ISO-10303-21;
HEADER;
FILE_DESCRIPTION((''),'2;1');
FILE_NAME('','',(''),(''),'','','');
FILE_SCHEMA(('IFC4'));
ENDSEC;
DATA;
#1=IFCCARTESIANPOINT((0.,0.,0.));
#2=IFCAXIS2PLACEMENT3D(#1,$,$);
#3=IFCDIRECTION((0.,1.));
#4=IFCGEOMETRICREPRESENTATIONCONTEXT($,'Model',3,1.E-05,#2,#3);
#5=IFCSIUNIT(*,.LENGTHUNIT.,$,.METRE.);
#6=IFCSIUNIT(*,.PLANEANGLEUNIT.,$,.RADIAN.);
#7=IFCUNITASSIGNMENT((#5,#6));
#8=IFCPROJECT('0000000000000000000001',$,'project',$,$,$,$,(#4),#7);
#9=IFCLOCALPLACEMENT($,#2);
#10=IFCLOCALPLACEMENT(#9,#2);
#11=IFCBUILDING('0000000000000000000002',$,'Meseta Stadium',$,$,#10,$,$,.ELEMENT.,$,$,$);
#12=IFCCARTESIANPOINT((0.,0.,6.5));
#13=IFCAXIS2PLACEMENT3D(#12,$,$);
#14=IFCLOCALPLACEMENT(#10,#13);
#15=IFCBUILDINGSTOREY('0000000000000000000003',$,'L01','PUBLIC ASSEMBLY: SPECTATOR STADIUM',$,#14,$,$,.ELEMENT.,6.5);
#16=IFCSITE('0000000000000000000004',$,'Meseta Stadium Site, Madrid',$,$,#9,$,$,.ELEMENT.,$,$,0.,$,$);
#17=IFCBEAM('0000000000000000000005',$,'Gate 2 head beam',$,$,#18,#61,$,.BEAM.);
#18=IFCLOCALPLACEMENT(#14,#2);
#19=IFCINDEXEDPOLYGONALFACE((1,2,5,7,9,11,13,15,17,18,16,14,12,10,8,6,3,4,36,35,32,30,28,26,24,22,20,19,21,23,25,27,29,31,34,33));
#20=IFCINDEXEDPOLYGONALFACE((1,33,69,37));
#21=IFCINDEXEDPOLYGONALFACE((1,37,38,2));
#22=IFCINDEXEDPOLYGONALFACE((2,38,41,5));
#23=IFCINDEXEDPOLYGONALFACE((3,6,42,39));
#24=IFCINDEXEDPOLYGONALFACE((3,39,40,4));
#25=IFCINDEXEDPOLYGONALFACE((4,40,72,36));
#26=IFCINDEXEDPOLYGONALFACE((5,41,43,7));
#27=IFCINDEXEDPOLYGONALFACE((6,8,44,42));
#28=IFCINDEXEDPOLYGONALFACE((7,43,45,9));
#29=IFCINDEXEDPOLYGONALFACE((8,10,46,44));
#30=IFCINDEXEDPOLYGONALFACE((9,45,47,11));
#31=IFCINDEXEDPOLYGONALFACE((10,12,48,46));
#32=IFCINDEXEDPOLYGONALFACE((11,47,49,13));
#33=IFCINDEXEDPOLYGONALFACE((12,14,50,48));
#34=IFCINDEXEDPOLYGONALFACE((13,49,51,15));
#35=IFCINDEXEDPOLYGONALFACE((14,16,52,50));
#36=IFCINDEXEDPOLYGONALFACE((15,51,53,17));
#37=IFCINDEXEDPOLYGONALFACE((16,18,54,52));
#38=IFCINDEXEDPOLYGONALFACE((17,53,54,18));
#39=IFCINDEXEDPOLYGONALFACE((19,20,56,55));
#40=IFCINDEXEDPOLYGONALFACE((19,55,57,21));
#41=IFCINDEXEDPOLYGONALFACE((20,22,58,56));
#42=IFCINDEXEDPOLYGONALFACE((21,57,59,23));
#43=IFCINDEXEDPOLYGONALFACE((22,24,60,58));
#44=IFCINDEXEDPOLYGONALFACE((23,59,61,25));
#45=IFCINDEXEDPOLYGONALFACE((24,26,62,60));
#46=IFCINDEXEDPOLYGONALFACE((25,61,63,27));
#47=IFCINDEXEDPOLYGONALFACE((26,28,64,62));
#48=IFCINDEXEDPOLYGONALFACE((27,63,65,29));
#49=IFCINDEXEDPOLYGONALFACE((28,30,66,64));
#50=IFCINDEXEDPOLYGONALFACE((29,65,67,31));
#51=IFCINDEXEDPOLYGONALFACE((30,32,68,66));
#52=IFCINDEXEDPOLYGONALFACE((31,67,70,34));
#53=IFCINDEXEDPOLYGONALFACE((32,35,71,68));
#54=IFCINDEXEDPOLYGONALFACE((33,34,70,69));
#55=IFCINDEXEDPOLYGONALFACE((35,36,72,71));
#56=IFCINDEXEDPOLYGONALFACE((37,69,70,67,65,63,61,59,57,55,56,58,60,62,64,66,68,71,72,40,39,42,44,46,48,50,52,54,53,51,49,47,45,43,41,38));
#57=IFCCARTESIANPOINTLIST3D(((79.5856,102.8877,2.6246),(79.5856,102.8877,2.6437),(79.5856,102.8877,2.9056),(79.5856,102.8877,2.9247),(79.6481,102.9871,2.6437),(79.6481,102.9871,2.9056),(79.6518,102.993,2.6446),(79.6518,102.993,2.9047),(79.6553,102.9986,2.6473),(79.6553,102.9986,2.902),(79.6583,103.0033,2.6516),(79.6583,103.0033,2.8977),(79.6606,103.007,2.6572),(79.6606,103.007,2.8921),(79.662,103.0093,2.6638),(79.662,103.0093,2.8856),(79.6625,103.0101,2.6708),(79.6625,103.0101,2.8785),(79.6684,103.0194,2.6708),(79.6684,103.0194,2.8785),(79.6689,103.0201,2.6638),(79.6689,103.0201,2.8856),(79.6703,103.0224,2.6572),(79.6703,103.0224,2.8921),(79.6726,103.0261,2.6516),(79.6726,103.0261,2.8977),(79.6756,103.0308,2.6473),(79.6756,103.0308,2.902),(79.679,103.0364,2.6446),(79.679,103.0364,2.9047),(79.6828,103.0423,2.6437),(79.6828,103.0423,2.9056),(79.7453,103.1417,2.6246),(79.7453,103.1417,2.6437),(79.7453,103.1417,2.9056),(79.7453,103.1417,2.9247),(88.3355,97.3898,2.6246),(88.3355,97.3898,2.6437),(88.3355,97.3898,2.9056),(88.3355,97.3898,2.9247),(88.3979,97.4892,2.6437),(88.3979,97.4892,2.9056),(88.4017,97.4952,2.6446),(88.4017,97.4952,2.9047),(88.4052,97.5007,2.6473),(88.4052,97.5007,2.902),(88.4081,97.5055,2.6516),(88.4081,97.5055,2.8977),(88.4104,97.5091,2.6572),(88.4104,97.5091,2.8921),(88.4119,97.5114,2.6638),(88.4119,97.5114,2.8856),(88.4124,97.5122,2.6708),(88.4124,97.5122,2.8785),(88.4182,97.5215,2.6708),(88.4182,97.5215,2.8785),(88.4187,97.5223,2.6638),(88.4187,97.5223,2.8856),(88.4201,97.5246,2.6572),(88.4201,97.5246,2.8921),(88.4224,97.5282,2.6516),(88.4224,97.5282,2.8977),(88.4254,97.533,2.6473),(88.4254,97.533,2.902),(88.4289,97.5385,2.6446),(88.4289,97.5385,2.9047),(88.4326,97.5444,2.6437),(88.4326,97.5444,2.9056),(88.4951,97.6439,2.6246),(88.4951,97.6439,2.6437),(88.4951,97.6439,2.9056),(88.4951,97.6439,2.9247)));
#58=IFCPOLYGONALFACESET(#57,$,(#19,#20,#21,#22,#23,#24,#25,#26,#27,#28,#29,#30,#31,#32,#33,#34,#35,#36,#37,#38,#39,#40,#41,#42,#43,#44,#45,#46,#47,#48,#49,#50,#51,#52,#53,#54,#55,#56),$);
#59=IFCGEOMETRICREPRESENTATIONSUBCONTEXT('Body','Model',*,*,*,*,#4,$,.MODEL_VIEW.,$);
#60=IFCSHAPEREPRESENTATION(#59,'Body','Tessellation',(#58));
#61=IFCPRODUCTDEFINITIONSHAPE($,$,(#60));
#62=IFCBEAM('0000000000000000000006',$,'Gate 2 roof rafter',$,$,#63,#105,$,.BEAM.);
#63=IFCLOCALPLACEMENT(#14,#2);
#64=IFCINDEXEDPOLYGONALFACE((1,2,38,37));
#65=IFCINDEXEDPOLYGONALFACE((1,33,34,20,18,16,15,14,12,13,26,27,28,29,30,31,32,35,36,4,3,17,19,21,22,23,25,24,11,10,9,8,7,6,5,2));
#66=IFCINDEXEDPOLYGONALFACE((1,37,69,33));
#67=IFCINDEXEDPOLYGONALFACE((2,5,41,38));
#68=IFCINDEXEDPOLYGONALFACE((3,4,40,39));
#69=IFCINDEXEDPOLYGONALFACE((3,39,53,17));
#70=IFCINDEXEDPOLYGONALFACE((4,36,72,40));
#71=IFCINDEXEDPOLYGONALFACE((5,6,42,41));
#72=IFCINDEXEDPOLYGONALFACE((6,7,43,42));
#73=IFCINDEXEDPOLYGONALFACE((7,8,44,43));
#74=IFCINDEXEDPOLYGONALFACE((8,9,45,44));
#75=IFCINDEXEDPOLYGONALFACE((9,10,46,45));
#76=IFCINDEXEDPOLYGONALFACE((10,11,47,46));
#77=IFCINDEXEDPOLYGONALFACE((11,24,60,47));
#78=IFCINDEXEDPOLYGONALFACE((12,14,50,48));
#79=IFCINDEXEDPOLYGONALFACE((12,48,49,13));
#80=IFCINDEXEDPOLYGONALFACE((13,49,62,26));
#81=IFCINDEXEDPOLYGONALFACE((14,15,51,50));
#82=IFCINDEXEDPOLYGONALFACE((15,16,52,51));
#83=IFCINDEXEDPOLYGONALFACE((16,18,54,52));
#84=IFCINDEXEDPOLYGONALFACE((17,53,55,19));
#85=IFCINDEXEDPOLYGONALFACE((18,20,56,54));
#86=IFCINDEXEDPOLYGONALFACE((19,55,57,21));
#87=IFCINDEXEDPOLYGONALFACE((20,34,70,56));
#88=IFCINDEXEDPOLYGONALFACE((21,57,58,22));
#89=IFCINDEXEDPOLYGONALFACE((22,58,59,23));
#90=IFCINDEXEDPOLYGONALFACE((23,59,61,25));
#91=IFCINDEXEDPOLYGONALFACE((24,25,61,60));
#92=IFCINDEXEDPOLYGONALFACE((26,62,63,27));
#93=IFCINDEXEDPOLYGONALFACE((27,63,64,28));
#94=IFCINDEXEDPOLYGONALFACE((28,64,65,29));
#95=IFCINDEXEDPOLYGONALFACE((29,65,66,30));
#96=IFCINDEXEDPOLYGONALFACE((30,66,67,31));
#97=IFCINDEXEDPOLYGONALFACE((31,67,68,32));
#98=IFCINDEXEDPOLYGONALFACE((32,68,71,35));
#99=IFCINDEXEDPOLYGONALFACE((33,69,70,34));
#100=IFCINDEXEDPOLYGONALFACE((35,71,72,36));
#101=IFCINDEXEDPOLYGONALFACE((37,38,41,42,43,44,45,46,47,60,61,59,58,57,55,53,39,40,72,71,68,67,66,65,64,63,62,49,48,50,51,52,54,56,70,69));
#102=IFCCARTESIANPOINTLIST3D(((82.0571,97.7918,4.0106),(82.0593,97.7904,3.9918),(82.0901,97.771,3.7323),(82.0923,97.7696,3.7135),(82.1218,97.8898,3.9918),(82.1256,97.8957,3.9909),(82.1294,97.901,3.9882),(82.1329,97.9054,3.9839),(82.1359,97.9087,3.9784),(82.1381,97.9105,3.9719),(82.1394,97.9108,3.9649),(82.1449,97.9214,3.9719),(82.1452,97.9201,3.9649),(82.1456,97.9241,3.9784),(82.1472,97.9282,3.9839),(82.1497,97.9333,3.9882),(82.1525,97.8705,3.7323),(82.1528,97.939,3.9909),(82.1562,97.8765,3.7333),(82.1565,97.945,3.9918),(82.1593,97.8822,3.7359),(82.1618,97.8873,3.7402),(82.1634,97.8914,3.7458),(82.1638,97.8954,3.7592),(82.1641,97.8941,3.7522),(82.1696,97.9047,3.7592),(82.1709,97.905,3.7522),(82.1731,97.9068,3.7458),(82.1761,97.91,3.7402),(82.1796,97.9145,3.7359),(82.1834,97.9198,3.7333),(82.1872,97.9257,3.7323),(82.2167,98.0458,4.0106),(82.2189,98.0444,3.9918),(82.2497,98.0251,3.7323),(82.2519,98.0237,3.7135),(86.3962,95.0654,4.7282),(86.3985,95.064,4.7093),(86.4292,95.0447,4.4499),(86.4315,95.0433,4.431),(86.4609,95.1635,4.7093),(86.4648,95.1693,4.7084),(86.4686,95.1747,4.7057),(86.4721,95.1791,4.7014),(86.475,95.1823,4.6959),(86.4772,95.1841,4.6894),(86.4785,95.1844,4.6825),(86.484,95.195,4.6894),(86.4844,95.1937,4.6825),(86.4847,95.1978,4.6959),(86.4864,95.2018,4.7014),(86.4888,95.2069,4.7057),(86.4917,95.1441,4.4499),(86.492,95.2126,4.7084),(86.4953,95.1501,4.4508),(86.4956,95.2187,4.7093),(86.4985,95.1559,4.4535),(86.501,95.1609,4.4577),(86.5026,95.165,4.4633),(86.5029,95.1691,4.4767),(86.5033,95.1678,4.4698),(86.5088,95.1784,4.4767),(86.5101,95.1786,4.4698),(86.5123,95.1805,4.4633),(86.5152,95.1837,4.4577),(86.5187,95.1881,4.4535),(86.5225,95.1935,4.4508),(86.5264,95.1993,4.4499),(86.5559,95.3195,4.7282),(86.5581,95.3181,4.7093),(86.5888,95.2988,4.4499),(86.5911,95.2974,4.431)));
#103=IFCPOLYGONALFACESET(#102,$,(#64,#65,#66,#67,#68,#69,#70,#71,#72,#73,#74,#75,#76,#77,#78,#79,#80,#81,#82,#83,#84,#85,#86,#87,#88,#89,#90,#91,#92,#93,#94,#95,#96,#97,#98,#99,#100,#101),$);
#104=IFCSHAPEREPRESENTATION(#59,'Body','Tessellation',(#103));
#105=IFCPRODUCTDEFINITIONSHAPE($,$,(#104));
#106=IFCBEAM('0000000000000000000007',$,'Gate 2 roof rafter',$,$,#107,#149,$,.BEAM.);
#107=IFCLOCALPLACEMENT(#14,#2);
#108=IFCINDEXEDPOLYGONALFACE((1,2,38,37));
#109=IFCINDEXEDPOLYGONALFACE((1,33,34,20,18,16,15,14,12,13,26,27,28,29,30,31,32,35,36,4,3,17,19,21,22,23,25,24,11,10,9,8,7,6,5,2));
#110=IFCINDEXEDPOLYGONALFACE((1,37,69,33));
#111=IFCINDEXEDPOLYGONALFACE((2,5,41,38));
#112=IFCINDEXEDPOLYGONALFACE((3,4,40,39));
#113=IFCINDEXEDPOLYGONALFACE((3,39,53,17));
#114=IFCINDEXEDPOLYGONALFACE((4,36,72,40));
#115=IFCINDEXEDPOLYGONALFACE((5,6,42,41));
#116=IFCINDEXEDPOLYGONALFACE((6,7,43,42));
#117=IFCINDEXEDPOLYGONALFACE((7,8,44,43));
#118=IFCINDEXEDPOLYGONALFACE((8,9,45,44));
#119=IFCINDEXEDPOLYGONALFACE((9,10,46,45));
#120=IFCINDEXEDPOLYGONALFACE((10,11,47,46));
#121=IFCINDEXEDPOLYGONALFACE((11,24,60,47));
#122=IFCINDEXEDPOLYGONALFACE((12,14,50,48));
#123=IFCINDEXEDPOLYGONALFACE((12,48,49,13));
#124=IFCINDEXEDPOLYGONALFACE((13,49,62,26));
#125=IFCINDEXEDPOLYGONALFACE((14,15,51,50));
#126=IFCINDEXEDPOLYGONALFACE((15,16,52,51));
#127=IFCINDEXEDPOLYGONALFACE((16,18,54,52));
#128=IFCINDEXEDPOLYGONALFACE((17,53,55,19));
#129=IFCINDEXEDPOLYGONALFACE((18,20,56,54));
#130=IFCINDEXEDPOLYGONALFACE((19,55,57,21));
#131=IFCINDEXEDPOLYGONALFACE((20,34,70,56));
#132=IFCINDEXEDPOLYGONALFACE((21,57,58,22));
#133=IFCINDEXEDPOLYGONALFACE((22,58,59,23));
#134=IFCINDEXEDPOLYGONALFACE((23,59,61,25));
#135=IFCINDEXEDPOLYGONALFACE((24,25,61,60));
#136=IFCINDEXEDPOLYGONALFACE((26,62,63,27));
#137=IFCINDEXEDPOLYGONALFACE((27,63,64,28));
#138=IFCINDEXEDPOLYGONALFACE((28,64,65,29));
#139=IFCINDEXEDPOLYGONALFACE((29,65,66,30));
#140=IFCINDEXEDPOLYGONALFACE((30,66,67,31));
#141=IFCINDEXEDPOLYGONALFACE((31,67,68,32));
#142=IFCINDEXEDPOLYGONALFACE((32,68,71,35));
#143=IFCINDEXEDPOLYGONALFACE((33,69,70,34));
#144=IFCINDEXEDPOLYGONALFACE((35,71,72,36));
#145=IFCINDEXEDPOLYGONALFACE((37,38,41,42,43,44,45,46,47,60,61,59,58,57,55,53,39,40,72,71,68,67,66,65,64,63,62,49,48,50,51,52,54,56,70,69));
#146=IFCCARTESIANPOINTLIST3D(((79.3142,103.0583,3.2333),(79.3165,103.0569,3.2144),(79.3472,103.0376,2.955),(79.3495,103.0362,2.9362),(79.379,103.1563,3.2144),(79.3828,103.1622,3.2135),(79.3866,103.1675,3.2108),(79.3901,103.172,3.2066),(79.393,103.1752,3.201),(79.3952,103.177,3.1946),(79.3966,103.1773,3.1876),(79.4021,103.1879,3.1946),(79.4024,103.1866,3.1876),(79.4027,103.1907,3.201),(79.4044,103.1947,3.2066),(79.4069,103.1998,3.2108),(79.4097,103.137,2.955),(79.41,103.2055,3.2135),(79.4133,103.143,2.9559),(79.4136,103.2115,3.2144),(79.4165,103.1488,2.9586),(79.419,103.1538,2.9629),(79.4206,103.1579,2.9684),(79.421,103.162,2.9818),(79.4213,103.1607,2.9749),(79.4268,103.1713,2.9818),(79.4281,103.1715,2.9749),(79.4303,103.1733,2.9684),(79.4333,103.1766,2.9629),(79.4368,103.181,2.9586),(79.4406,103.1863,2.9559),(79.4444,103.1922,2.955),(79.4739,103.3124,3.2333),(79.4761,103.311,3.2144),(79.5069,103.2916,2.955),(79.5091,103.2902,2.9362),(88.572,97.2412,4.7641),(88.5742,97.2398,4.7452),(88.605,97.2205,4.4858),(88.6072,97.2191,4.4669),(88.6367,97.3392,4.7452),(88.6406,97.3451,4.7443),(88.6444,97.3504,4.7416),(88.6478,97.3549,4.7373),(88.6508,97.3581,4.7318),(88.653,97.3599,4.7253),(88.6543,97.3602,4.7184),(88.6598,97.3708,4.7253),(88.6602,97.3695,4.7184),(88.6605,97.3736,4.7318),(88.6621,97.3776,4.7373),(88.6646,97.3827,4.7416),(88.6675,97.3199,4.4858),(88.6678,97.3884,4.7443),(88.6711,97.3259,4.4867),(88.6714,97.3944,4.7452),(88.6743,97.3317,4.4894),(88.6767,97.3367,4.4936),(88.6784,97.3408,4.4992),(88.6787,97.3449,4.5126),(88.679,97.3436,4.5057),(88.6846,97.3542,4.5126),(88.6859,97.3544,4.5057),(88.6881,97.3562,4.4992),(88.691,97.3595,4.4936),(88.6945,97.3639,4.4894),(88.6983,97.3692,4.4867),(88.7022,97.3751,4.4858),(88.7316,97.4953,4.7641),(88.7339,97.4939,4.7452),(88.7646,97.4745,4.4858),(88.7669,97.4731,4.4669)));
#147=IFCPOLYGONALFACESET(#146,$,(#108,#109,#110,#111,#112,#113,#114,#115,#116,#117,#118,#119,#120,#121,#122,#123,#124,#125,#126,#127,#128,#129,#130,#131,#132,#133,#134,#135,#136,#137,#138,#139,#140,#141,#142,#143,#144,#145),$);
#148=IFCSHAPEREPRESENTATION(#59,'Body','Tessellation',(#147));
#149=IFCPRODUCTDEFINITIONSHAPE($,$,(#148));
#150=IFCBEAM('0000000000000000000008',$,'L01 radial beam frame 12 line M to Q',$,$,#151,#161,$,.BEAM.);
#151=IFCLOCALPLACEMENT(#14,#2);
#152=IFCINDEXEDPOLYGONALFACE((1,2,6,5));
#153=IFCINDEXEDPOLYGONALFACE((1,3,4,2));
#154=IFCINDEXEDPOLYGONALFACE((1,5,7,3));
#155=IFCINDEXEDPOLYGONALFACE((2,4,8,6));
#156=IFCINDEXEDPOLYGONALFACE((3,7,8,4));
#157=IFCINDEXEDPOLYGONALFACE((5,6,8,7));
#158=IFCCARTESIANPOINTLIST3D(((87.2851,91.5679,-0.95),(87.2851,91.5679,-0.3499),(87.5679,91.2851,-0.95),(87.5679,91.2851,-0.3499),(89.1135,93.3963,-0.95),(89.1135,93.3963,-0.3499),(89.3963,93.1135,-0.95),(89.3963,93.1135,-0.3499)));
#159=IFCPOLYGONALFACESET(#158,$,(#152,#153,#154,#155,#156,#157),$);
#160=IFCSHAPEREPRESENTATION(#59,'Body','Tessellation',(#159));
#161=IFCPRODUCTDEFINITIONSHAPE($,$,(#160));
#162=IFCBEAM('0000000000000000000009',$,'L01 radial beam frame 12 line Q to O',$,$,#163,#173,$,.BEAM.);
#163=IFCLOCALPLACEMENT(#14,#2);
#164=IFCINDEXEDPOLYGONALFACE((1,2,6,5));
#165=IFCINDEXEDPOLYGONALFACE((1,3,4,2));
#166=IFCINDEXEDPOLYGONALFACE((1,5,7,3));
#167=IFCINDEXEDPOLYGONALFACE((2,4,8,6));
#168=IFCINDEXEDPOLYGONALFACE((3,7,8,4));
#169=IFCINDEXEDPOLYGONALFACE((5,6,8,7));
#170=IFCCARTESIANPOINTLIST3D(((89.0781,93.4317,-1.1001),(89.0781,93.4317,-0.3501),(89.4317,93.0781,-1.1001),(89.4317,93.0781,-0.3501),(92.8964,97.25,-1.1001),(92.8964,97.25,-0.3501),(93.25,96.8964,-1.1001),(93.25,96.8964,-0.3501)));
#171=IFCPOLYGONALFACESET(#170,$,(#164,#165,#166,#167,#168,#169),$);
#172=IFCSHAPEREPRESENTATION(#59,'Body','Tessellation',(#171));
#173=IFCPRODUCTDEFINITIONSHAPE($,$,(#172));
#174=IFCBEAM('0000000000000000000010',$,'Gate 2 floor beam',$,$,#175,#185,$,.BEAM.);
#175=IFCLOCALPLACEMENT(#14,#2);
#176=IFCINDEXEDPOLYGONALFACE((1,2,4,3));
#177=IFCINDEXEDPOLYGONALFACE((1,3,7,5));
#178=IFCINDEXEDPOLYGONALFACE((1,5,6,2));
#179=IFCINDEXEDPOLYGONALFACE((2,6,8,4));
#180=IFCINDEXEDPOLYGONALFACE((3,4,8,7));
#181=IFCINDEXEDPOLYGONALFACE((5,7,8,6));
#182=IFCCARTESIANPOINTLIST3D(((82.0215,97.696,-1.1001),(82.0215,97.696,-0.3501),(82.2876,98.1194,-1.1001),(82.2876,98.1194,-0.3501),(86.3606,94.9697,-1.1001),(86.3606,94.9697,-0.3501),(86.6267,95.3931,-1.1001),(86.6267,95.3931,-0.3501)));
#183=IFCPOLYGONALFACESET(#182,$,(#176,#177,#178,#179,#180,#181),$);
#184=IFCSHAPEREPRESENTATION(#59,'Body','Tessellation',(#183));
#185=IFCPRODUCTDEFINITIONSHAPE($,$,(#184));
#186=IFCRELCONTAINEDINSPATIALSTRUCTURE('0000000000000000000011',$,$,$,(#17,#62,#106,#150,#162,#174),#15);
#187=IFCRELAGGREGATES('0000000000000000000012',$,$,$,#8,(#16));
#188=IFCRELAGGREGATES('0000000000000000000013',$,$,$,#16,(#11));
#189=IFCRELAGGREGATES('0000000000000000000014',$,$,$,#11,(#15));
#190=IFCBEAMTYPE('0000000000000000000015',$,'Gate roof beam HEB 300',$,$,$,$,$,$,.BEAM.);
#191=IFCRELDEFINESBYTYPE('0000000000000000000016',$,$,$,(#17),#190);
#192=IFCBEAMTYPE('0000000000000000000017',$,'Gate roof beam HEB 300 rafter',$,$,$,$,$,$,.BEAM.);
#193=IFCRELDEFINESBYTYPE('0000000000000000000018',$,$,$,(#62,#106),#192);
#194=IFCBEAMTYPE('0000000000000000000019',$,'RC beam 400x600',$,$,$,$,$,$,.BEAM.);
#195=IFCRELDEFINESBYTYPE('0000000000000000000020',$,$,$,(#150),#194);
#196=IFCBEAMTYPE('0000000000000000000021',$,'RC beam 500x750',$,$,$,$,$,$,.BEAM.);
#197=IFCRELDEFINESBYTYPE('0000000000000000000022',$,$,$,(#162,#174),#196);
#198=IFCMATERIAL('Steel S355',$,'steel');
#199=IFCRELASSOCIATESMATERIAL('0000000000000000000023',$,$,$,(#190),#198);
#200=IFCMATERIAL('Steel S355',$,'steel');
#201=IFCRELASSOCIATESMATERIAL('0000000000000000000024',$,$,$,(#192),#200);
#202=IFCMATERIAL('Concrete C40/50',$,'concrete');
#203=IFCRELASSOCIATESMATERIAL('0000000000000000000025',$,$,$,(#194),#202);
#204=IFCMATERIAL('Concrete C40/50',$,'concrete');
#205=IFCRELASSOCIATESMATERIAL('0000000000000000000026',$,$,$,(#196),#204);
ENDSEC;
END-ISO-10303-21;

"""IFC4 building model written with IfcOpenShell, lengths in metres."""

from ifc_helpers import new_model, si_unit, direction, frame, origin, origin_2d, place, context, subcontext, project, spatial, rectangle, i_section, extrude, material, material_profile, profile_set, type_object, element, save


model = new_model("IFC4")

# Units and contexts
model_context = context("Model", 3, precision=1e-05, world=origin(), true_north=direction((0.0, 1.0)))
body_context = subcontext(model_context, "Body", "Model", "MODEL_VIEW")
ifc_project = project(units=[si_unit("LENGTHUNIT", "METRE"), si_unit("PLANEANGLEUNIT", "RADIAN")], contexts=[model_context])

# Site, building, storey
site_placement = place(None, origin())
site = spatial("IfcSite", under=ifc_project, at=site_placement, Name="Meseta Stadium Site, Madrid", CompositionType="ELEMENT", RefElevation=0.0)
building_placement = place(site_placement, origin())
building = spatial("IfcBuilding", under=site, at=building_placement, Name="Meseta Stadium", CompositionType="ELEMENT")
storey_placement = place(building_placement, frame((0.0, 0.0, 6.5)))
storey = spatial("IfcBuildingStorey", under=building, at=storey_placement, Name="L01", Description="PUBLIC ASSEMBLY: SPECTATOR STADIUM", CompositionType="ELEMENT", Elevation=6.5)

# Beams
ifc_material_1 = material(Name="Steel S355", Category="steel")
ifc_material_profile_1 = material_profile(ifc_material_1, i_section(OverallWidth=0.3, OverallDepth=0.3, WebThickness=0.011, FlangeThickness=0.019, FilletRadius=0.0271, at=origin_2d()), Name="HEB 300")
ifc_profile_set_1 = profile_set([ifc_material_profile_1], Name="Steel S355")
beam_type_1 = type_object("IfcBeamType", Name="Gate roof beam HEB 300", PredefinedType="BEAM", material=ifc_profile_set_1)
beam_1_placement = place(storey_placement, frame((88.4153, 97.5168, 2.7747), z_axis=(-0.846726, 0.53203, 0.0), x_axis=(-0.53203, -0.846726, 0.0)))
element("IfcBeam", 1, at=beam_1_placement, inside=storey, type_object=beam_type_1, Name="Gate 2 head beam", PredefinedType="BEAM", context=body_context, shape_type="SweptSolid", body=[
    extrude(i_section(OverallWidth=0.3, OverallDepth=0.3, WebThickness=0.011, FlangeThickness=0.019, FilletRadius=0.0271, at=origin_2d()), origin(), (0.0, 0.0, 1.0), 10.3337),
])
ifc_material_2 = material(Name="Steel S355", Category="steel")
ifc_material_profile_2 = material_profile(ifc_material_2, i_section(OverallWidth=0.3, OverallDepth=0.3, WebThickness=0.011, FlangeThickness=0.019, FilletRadius=0.0271, at=origin_2d()), Name="HEB 300")
ifc_profile_set_2 = profile_set([ifc_material_profile_2], Name="Steel S355")
beam_type_2 = type_object("IfcBeamType", Name="Gate roof beam HEB 300 rafter", PredefinedType="BEAM", material=ifc_profile_set_2)
beam_2_placement = place(storey_placement, frame((86.4937, 95.1814, 4.5796), z_axis=(-0.838555, 0.526875, -0.138666), x_axis=(-0.532014, -0.846735, 0.0)))
element("IfcBeam", 2, at=beam_2_placement, inside=storey, type_object=beam_type_2, Name="Gate 2 roof rafter", PredefinedType="BEAM", context=body_context, shape_type="SweptSolid", body=[
    extrude(i_section(OverallWidth=0.3, OverallDepth=0.3, WebThickness=0.011, FlangeThickness=0.019, FilletRadius=0.0271, at=origin_2d()), origin(), (0.0, 0.0, 1.0), 5.1746),
])
beam_3_placement = place(storey_placement, frame((88.6694, 97.3572, 4.6155), z_axis=(-0.838543, 0.526898, -0.138652), x_axis=(-0.532037, -0.846721, 0.0)))
element("IfcBeam", 3, at=beam_3_placement, inside=storey, type_object=beam_type_2, Name="Gate 2 roof rafter", PredefinedType="BEAM", context=body_context, shape_type="SweptSolid", body=[
    extrude(i_section(OverallWidth=0.3, OverallDepth=0.3, WebThickness=0.011, FlangeThickness=0.019, FilletRadius=0.0271, at=origin_2d()), origin(), (0.0, 0.0, 1.0), 11.0403),
])
ifc_material_3 = material(Name="Concrete C40/50", Category="concrete")
ifc_material_profile_3 = material_profile(ifc_material_3, rectangle(XDim=0.3999, YDim=0.6001, at=origin_2d()), Name="RC 400x600")
ifc_profile_set_3 = profile_set([ifc_material_profile_3], Name="Concrete C40/50")
beam_type_3 = type_object("IfcBeamType", Name="RC beam 400x600", PredefinedType="BEAM", material=ifc_profile_set_3)
beam_4_placement = place(storey_placement, frame((87.4265, 91.4265, -0.6499), z_axis=(0.707107, 0.707107, 0.0), x_axis=(-0.707107, 0.707107, 0.0)))
element("IfcBeam", 4, at=beam_4_placement, inside=storey, type_object=beam_type_3, Name="L01 radial beam frame 12 line M to Q", PredefinedType="BEAM", context=body_context, shape_type="SweptSolid", body=[
    extrude(rectangle(XDim=0.3999, YDim=0.6001, at=origin_2d()), origin(), (0.0, 0.0, 1.0), 2.5857),
])
ifc_material_4 = material(Name="Concrete C40/50", Category="concrete")
ifc_material_profile_4 = material_profile(ifc_material_4, rectangle(XDim=0.5, YDim=0.75, at=origin_2d()), Name="RC 500x750")
ifc_profile_set_4 = profile_set([ifc_material_profile_4], Name="Concrete C40/50")
beam_type_4 = type_object("IfcBeamType", Name="RC beam 500x750", PredefinedType="BEAM", material=ifc_profile_set_4)
beam_5_placement = place(storey_placement, frame((89.2549, 93.2549, -0.7251), z_axis=(0.707107, 0.707107, 0.0), x_axis=(-0.707107, 0.707107, 0.0)))
element("IfcBeam", 5, at=beam_5_placement, inside=storey, type_object=beam_type_4, Name="L01 radial beam frame 12 line Q to O", PredefinedType="BEAM", context=body_context, shape_type="SweptSolid", body=[
    extrude(rectangle(XDim=0.5, YDim=0.75, at=origin_2d()), origin(), (0.0, 0.0, 1.0), 5.3999),
])
beam_6_placement = place(storey_placement, frame((86.4937, 95.1814, -0.7251), z_axis=(-0.846735, 0.532014, 0.0), x_axis=(-0.532014, -0.846735, 0.0)))
element("IfcBeam", 6, at=beam_6_placement, inside=storey, type_object=beam_type_4, Name="Gate 2 floor beam", PredefinedType="BEAM", context=body_context, shape_type="SweptSolid", body=[
    extrude(rectangle(XDim=0.5, YDim=0.75, at=origin_2d()), origin(), (0.0, 0.0, 1.0), 5.1245),
])

save(model, "model.ifc")
